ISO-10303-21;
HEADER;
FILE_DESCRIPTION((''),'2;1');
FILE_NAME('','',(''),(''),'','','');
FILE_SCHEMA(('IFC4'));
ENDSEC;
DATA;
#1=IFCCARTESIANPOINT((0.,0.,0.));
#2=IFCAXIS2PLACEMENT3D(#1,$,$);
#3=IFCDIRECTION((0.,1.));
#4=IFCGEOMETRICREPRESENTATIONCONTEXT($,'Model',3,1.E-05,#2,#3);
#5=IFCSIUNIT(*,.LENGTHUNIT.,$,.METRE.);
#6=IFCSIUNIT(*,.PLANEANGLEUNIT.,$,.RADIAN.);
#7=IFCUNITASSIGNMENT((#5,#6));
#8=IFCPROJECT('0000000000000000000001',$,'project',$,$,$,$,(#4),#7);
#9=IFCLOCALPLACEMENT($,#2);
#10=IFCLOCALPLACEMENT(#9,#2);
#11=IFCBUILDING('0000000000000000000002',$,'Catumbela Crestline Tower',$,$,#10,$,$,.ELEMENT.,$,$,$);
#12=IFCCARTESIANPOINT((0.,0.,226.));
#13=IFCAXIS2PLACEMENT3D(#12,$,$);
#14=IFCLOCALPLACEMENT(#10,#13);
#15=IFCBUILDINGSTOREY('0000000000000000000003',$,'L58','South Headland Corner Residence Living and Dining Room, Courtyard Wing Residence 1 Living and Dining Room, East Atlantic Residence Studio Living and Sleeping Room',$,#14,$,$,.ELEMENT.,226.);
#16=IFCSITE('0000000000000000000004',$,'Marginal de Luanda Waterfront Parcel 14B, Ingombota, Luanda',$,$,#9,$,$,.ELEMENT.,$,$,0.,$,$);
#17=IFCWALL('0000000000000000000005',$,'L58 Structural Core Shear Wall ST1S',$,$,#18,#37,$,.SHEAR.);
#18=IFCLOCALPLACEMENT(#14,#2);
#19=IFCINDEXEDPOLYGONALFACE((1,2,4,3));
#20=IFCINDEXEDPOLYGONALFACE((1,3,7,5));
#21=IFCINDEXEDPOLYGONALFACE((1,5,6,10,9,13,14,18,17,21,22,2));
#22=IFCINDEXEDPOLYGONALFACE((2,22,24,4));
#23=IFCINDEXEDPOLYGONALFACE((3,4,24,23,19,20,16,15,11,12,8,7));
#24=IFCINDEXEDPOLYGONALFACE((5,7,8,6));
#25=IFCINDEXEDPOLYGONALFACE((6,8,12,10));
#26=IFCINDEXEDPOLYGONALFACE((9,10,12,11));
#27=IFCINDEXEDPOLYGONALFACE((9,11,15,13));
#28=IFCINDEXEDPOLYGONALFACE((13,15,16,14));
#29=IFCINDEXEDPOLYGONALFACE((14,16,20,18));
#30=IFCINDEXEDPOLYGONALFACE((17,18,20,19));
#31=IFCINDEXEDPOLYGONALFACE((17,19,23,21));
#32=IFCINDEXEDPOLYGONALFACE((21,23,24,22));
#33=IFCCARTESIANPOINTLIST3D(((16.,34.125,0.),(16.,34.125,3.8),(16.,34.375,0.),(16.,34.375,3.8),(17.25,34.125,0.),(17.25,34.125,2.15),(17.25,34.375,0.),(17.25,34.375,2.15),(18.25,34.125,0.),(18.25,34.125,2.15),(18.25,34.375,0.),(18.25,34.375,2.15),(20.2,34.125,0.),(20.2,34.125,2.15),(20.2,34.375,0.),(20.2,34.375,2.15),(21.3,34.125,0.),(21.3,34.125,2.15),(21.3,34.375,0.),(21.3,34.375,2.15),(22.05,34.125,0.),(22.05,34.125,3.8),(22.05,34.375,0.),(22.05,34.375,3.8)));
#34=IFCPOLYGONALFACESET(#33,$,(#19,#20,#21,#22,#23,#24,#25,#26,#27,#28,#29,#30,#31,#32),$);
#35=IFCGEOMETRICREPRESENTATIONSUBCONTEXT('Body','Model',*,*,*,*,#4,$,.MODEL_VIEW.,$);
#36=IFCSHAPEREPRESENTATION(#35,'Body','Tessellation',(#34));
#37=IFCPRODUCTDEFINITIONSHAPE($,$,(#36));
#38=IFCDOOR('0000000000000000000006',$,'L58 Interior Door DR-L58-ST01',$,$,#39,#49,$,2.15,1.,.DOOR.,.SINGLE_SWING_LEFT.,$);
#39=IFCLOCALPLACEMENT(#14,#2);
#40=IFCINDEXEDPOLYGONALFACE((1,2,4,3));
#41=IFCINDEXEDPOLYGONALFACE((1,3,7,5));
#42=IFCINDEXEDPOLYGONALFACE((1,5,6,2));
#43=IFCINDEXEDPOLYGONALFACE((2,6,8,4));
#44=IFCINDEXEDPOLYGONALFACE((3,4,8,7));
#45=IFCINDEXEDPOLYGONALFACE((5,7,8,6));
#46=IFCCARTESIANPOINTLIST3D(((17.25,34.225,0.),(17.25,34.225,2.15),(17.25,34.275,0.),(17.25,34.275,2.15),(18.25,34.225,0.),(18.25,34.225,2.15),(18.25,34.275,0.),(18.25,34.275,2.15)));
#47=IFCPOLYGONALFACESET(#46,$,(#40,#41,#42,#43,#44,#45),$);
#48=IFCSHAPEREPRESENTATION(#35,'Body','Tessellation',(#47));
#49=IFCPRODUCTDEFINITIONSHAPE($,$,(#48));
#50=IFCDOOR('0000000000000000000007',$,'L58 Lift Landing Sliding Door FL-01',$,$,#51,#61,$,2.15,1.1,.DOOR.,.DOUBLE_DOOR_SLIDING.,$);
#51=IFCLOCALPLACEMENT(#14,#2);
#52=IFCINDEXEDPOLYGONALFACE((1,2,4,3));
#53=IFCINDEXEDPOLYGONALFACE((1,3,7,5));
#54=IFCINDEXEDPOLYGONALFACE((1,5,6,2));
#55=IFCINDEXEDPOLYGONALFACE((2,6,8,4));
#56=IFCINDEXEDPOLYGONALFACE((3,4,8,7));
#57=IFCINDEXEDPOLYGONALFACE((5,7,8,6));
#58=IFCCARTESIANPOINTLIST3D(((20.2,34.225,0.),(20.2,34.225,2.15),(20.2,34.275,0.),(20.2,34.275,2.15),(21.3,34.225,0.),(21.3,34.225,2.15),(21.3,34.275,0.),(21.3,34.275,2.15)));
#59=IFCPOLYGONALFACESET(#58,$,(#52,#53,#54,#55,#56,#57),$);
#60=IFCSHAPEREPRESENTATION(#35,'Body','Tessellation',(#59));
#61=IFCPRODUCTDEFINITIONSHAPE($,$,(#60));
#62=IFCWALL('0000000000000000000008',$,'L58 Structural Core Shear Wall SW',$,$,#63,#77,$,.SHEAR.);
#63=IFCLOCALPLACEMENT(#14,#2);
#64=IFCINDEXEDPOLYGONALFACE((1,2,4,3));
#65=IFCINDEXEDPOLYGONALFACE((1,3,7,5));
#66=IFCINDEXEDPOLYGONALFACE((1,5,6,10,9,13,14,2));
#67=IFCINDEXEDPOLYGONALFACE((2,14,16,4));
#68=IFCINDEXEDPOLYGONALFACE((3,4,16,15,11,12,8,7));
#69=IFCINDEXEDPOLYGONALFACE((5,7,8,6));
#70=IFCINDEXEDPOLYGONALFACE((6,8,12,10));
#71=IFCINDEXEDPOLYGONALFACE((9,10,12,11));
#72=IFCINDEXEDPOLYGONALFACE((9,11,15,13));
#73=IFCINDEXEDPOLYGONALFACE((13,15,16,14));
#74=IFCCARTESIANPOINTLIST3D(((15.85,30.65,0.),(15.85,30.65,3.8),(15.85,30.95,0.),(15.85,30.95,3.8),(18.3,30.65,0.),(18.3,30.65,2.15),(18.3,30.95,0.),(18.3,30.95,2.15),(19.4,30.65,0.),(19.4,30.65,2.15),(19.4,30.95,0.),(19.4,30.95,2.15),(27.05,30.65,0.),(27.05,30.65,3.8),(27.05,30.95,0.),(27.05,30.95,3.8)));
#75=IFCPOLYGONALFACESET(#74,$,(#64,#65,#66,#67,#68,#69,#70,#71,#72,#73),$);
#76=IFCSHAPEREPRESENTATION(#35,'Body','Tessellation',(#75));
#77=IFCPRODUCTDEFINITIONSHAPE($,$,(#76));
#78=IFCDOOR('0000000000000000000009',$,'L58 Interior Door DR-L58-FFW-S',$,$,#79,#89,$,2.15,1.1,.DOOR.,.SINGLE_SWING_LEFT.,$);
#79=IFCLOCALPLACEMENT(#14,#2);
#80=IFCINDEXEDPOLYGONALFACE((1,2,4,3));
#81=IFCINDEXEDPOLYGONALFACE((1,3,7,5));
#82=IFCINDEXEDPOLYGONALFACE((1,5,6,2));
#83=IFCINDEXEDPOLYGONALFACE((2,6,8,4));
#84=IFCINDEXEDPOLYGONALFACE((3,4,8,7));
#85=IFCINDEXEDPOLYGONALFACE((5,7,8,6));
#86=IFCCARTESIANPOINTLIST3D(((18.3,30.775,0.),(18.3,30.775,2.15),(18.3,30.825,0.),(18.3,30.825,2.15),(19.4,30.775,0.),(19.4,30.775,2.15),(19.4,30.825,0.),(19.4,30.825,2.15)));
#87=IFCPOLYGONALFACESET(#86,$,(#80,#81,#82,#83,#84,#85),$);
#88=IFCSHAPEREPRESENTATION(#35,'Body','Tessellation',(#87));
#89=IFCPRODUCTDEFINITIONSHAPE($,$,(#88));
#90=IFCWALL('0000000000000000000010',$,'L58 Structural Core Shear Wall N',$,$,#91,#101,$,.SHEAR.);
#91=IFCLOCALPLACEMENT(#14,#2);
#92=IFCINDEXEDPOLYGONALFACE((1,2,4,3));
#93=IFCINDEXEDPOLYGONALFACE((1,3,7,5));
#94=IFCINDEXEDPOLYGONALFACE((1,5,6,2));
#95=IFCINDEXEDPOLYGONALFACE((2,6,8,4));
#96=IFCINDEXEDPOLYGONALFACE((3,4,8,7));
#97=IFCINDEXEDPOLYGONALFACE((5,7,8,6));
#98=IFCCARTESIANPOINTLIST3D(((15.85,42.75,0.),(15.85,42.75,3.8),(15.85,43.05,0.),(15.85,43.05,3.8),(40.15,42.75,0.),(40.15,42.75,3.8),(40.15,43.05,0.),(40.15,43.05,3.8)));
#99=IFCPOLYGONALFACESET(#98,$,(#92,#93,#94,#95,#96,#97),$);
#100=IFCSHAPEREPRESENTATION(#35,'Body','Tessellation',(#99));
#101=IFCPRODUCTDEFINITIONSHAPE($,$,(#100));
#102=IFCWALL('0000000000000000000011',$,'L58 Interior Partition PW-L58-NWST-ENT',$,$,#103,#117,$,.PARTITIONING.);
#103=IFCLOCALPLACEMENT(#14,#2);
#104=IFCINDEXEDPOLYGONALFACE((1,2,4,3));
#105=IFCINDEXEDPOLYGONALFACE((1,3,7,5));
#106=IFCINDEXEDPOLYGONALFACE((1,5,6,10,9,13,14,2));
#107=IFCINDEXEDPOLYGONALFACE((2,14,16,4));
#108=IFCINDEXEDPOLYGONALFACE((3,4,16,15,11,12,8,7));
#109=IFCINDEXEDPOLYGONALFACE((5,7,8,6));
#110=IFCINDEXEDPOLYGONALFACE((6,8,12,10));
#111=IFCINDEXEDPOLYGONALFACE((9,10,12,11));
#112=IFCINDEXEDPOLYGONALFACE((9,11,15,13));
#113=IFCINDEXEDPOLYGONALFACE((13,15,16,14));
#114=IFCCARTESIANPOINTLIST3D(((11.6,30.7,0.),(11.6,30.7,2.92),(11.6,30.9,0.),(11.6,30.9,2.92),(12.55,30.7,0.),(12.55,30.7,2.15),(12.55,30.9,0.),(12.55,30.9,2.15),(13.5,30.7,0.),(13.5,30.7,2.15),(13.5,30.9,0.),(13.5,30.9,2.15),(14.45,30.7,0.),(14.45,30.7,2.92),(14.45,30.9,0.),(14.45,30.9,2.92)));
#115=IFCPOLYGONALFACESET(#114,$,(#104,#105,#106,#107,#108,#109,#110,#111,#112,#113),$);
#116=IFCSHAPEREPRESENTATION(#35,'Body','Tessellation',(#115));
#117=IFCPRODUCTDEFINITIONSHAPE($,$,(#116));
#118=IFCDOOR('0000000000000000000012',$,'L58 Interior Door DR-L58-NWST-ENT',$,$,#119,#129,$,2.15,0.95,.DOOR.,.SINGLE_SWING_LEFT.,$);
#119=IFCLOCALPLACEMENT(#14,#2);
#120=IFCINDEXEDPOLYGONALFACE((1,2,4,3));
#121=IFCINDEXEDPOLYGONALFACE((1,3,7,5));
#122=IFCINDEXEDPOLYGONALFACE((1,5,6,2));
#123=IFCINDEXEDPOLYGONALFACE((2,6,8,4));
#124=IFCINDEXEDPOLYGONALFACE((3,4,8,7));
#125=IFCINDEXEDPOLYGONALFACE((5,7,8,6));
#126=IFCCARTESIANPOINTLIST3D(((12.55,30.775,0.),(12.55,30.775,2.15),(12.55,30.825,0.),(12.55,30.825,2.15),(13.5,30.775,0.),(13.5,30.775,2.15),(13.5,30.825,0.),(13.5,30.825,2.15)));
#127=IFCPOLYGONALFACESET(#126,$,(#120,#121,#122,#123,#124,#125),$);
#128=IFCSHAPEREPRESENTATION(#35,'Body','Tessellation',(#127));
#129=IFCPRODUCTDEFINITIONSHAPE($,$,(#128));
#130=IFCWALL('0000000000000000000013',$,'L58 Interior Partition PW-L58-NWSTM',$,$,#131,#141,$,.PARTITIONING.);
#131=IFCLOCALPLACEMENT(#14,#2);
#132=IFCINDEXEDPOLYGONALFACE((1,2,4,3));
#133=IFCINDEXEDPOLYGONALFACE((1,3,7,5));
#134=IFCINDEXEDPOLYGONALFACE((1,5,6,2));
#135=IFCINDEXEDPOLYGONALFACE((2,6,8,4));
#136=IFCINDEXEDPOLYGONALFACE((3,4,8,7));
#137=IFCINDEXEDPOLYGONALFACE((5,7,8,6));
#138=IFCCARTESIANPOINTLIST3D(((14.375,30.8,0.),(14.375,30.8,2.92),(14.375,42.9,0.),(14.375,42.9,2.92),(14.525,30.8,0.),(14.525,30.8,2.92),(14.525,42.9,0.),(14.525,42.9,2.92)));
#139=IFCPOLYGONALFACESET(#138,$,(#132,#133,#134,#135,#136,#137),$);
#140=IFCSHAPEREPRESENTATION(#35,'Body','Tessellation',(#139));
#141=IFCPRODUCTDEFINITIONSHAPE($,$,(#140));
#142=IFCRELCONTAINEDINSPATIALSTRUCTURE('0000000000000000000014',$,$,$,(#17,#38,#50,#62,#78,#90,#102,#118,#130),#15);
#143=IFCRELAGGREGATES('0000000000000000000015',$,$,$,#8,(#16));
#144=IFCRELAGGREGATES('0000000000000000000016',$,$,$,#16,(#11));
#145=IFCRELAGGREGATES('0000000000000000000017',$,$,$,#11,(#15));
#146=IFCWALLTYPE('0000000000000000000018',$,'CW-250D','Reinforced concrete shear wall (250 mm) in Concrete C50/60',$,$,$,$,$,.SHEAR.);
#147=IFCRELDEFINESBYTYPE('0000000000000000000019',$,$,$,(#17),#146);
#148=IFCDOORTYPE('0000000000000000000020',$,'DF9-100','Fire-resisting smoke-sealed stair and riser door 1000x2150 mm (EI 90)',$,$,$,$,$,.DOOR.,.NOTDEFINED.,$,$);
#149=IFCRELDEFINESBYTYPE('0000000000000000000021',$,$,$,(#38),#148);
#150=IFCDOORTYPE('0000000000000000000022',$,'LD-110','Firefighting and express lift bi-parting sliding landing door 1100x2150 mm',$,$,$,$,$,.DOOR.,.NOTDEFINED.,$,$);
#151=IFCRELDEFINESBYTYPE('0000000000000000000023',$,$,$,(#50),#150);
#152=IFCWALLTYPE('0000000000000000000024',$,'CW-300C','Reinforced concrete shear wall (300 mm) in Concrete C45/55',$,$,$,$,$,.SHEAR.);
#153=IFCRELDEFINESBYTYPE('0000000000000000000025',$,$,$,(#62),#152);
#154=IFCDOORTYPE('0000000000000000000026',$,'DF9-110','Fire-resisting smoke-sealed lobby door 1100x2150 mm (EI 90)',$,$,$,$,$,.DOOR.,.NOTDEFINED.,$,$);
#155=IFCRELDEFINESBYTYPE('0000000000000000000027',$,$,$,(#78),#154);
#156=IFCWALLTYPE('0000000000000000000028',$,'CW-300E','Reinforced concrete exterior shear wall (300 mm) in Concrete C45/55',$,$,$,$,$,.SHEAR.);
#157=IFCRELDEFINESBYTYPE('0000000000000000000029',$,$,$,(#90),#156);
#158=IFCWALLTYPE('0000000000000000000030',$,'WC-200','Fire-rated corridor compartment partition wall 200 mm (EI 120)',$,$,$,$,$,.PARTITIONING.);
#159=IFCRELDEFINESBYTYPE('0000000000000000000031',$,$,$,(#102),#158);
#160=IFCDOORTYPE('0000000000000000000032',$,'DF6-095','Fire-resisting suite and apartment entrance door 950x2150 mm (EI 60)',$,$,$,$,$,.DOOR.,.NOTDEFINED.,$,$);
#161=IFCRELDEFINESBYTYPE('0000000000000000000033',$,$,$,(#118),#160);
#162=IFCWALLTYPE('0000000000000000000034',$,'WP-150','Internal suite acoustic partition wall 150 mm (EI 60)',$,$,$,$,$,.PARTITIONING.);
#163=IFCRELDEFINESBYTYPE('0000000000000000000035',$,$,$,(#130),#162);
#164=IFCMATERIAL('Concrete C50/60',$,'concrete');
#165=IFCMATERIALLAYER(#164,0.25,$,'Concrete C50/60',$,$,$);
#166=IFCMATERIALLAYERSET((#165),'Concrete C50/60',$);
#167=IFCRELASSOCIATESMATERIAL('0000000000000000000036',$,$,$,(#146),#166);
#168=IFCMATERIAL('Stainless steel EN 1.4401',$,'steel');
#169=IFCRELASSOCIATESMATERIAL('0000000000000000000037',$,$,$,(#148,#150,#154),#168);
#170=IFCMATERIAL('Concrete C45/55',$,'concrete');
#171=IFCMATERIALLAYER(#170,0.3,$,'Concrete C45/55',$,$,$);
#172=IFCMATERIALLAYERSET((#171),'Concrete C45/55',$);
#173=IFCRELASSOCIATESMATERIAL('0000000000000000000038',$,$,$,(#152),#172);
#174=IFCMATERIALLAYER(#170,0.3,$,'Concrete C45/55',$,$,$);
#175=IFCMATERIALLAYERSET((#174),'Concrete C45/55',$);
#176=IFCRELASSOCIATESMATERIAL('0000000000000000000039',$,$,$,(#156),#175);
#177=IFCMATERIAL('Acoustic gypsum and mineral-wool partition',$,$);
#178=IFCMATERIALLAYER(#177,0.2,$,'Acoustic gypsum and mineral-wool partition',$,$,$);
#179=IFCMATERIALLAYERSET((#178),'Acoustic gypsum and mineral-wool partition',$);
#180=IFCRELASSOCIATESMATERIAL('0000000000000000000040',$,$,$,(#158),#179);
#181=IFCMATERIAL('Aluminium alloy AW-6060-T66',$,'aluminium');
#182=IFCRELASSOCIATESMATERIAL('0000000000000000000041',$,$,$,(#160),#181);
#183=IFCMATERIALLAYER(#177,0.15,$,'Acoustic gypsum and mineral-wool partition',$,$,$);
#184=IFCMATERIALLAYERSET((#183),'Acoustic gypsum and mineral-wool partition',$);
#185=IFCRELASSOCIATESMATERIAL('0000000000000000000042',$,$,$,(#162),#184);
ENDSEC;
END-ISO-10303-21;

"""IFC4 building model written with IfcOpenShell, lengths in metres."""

from ifc_helpers import new_model, si_unit, direction, frame, frame_2d, origin, place, context, subcontext, project, spatial, rectangle, extrude, material, layer, layer_set, type_object, element, fill, save


model = new_model("IFC4")

# Units and contexts
model_context = context("Model", 3, precision=1e-05, world=origin(), true_north=direction((0.0, 1.0)))
body_context = subcontext(model_context, "Body", "Model", "MODEL_VIEW")
ifc_project = project(units=[si_unit("LENGTHUNIT", "METRE"), si_unit("PLANEANGLEUNIT", "RADIAN")], contexts=[model_context])

# Site, building, storey
site_placement = place(None, origin())
site = spatial("IfcSite", under=ifc_project, at=site_placement, Name="Marginal de Luanda Waterfront Parcel 14B, Ingombota, Luanda", CompositionType="ELEMENT", RefElevation=0.0)
building_placement = place(site_placement, origin())
building = spatial("IfcBuilding", under=site, at=building_placement, Name="Catumbela Crestline Tower", CompositionType="ELEMENT")
storey_placement = place(building_placement, frame((0.0, 0.0, 226.0)))
storey = spatial("IfcBuildingStorey", under=building, at=storey_placement, Name="L58", Description="South Headland Corner Residence Living and Dining Room, Courtyard Wing Residence 1 Living and Dining Room, East Atlantic Residence Studio Living and Sleeping Room", CompositionType="ELEMENT", Elevation=226.0)

# Shared definitions
ifc_material_1 = material(Name="Aluminium alloy AW-6060-T66", Category="aluminium")

# Wall, openings, doors
ifc_material_2 = material(Name="Concrete C50/60", Category="concrete")
ifc_layer_1 = layer(ifc_material_2, 0.25, Name="Concrete C50/60")
ifc_layer_set_1 = layer_set([ifc_layer_1], Name="Concrete C50/60")
wall_type_1 = type_object("IfcWallType", Name="CW-250D", Description="Reinforced concrete shear wall (250 mm) in Concrete C50/60", PredefinedType="SHEAR", material=ifc_layer_set_1)
wall_1_placement = place(storey_placement, frame((16.0, 34.25, 0.0), z_axis=(0.0, 0.0, 1.0), x_axis=(1.0, 0.0, 0.0)))
wall_1 = element("IfcWall", 1, at=wall_1_placement, inside=storey, type_object=wall_type_1, Name="L58 Structural Core Shear Wall ST1S", PredefinedType="SHEAR", context=body_context, shape_type="SweptSolid", body=[
    extrude(rectangle(XDim=6.05, YDim=0.25, at=frame_2d((3.025, 0.0))), origin(), (0.0, 0.0, 1.0), 3.8),
])
opening_1_placement = place(wall_1_placement, frame((1.25, 0.0, 0.0)))
opening_1 = element("IfcOpeningElement", 2, at=opening_1_placement, cuts=wall_1, PredefinedType="OPENING", context=body_context, shape_type="SweptSolid", body=[
    extrude(rectangle(XDim=1.0, YDim=2.15, at=frame_2d((0.5, 1.075))), frame((0.0, 0.135, 0.0), z_axis=(0.0, -1.0, 0.0), x_axis=(1.0, 0.0, 0.0)), (0.0, 0.0, 1.0), 0.27),
])
opening_2_placement = place(wall_1_placement, frame((4.2, 0.0, 0.0)))
opening_2 = element("IfcOpeningElement", 3, at=opening_2_placement, cuts=wall_1, PredefinedType="OPENING", context=body_context, shape_type="SweptSolid", body=[
    extrude(rectangle(XDim=1.1, YDim=2.15, at=frame_2d((0.55, 1.075))), frame((0.0, 0.135, 0.0), z_axis=(0.0, -1.0, 0.0), x_axis=(1.0, 0.0, 0.0)), (0.0, 0.0, 1.0), 0.27),
])
ifc_material_3 = material(Name="Stainless steel EN 1.4401", Category="steel")
door_type_1 = type_object("IfcDoorType", Name="DF9-100", Description="Fire-resisting smoke-sealed stair and riser door 1000x2150 mm (EI 90)", OperationType="NOTDEFINED", PredefinedType="DOOR", material=ifc_material_3)
door_1_placement = place(opening_1_placement, origin())
door_1 = element("IfcDoor", 4, at=door_1_placement, inside=storey, type_object=door_type_1, Name="L58 Interior Door DR-L58-ST01", OperationType="SINGLE_SWING_LEFT", OverallHeight=2.15, OverallWidth=1.0, PredefinedType="DOOR", context=body_context, shape_type="SweptSolid", body=[
    extrude(rectangle(XDim=1.0, YDim=2.15, at=frame_2d((0.5, 1.075))), frame((0.0, 0.025, 0.0), z_axis=(0.0, -1.0, 0.0), x_axis=(1.0, 0.0, 0.0)), (0.0, 0.0, 1.0), 0.05),
])
fill(opening_1, door_1)
door_type_2 = type_object("IfcDoorType", Name="LD-110", Description="Firefighting and express lift bi-parting sliding landing door 1100x2150 mm", OperationType="NOTDEFINED", PredefinedType="DOOR", material=ifc_material_3)
door_2_placement = place(opening_2_placement, origin())
door_2 = element("IfcDoor", 5, at=door_2_placement, inside=storey, type_object=door_type_2, Name="L58 Lift Landing Sliding Door FL-01", OperationType="DOUBLE_DOOR_SLIDING", OverallHeight=2.15, OverallWidth=1.1, PredefinedType="DOOR", context=body_context, shape_type="SweptSolid", body=[
    extrude(rectangle(XDim=1.1, YDim=2.15, at=frame_2d((0.55, 1.075))), frame((0.0, 0.025, 0.0), z_axis=(0.0, -1.0, 0.0), x_axis=(1.0, 0.0, 0.0)), (0.0, 0.0, 1.0), 0.05),
])
fill(opening_2, door_2)

# Wall, opening, door
ifc_material_4 = material(Name="Concrete C45/55", Category="concrete")
ifc_layer_2 = layer(ifc_material_4, 0.3, Name="Concrete C45/55")
ifc_layer_set_2 = layer_set([ifc_layer_2], Name="Concrete C45/55")
wall_type_2 = type_object("IfcWallType", Name="CW-300C", Description="Reinforced concrete shear wall (300 mm) in Concrete C45/55", PredefinedType="SHEAR", material=ifc_layer_set_2)
wall_2_placement = place(storey_placement, frame((15.85, 30.8, 0.0), z_axis=(0.0, 0.0, 1.0), x_axis=(1.0, 0.0, 0.0)))
wall_2 = element("IfcWall", 6, at=wall_2_placement, inside=storey, type_object=wall_type_2, Name="L58 Structural Core Shear Wall SW", PredefinedType="SHEAR", context=body_context, shape_type="SweptSolid", body=[
    extrude(rectangle(XDim=11.2, YDim=0.3, at=frame_2d((5.6, 0.0))), origin(), (0.0, 0.0, 1.0), 3.8),
])
opening_3_placement = place(wall_2_placement, frame((2.45, 0.0, 0.0)))
opening_3 = element("IfcOpeningElement", 7, at=opening_3_placement, cuts=wall_2, PredefinedType="OPENING", context=body_context, shape_type="SweptSolid", body=[
    extrude(rectangle(XDim=1.1, YDim=2.15, at=frame_2d((0.55, 1.075))), frame((0.0, 0.16, 0.0), z_axis=(0.0, -1.0, 0.0), x_axis=(1.0, 0.0, 0.0)), (0.0, 0.0, 1.0), 0.32),
])
door_type_3 = type_object("IfcDoorType", Name="DF9-110", Description="Fire-resisting smoke-sealed lobby door 1100x2150 mm (EI 90)", OperationType="NOTDEFINED", PredefinedType="DOOR", material=ifc_material_3)
door_3_placement = place(opening_3_placement, origin())
door_3 = element("IfcDoor", 8, at=door_3_placement, inside=storey, type_object=door_type_3, Name="L58 Interior Door DR-L58-FFW-S", OperationType="SINGLE_SWING_LEFT", OverallHeight=2.15, OverallWidth=1.1, PredefinedType="DOOR", context=body_context, shape_type="SweptSolid", body=[
    extrude(rectangle(XDim=1.1, YDim=2.15, at=frame_2d((0.55, 1.075))), frame((0.0, 0.025, 0.0), z_axis=(0.0, -1.0, 0.0), x_axis=(1.0, 0.0, 0.0)), (0.0, 0.0, 1.0), 0.05),
])
fill(opening_3, door_3)

# Wall
ifc_layer_3 = layer(ifc_material_4, 0.3, Name="Concrete C45/55")
ifc_layer_set_3 = layer_set([ifc_layer_3], Name="Concrete C45/55")
wall_type_3 = type_object("IfcWallType", Name="CW-300E", Description="Reinforced concrete exterior shear wall (300 mm) in Concrete C45/55", PredefinedType="SHEAR", material=ifc_layer_set_3)
wall_3_placement = place(storey_placement, frame((15.85, 42.9, 0.0), z_axis=(0.0, 0.0, 1.0), x_axis=(1.0, 0.0, 0.0)))
element("IfcWall", 9, at=wall_3_placement, inside=storey, type_object=wall_type_3, Name="L58 Structural Core Shear Wall N", PredefinedType="SHEAR", context=body_context, shape_type="SweptSolid", body=[
    extrude(rectangle(XDim=24.3, YDim=0.3, at=frame_2d((12.15, 0.0))), origin(), (0.0, 0.0, 1.0), 3.8),
])

# Wall, opening, door
ifc_material_5 = material(Name="Acoustic gypsum and mineral-wool partition")
ifc_layer_4 = layer(ifc_material_5, 0.2, Name="Acoustic gypsum and mineral-wool partition")
ifc_layer_set_4 = layer_set([ifc_layer_4], Name="Acoustic gypsum and mineral-wool partition")
wall_type_4 = type_object("IfcWallType", Name="WC-200", Description="Fire-rated corridor compartment partition wall 200 mm (EI 120)", PredefinedType="PARTITIONING", material=ifc_layer_set_4)
wall_4_placement = place(storey_placement, frame((11.6, 30.8, 0.0), z_axis=(0.0, 0.0, 1.0), x_axis=(1.0, 0.0, 0.0)))
wall_4 = element("IfcWall", 10, at=wall_4_placement, inside=storey, type_object=wall_type_4, Name="L58 Interior Partition PW-L58-NWST-ENT", PredefinedType="PARTITIONING", context=body_context, shape_type="SweptSolid", body=[
    extrude(rectangle(XDim=2.85, YDim=0.2, at=frame_2d((1.425, 0.0))), origin(), (0.0, 0.0, 1.0), 2.92),
])
opening_4_placement = place(wall_4_placement, frame((0.95, 0.0, 0.0)))
opening_4 = element("IfcOpeningElement", 11, at=opening_4_placement, cuts=wall_4, PredefinedType="OPENING", context=body_context, shape_type="SweptSolid", body=[
    extrude(rectangle(XDim=0.95, YDim=2.15, at=frame_2d((0.475, 1.075))), frame((0.0, 0.11, 0.0), z_axis=(0.0, -1.0, 0.0), x_axis=(1.0, 0.0, 0.0)), (0.0, 0.0, 1.0), 0.22),
])
door_type_4 = type_object("IfcDoorType", Name="DF6-095", Description="Fire-resisting suite and apartment entrance door 950x2150 mm (EI 60)", OperationType="NOTDEFINED", PredefinedType="DOOR", material=ifc_material_1)
door_4_placement = place(opening_4_placement, origin())
door_4 = element("IfcDoor", 12, at=door_4_placement, inside=storey, type_object=door_type_4, Name="L58 Interior Door DR-L58-NWST-ENT", OperationType="SINGLE_SWING_LEFT", OverallHeight=2.15, OverallWidth=0.95, PredefinedType="DOOR", context=body_context, shape_type="SweptSolid", body=[
    extrude(rectangle(XDim=0.95, YDim=2.15, at=frame_2d((0.475, 1.075))), frame((0.0, 0.025, 0.0), z_axis=(0.0, -1.0, 0.0), x_axis=(1.0, 0.0, 0.0)), (0.0, 0.0, 1.0), 0.05),
])
fill(opening_4, door_4)

# Wall
ifc_layer_5 = layer(ifc_material_5, 0.15, Name="Acoustic gypsum and mineral-wool partition")
ifc_layer_set_5 = layer_set([ifc_layer_5], Name="Acoustic gypsum and mineral-wool partition")
wall_type_5 = type_object("IfcWallType", Name="WP-150", Description="Internal suite acoustic partition wall 150 mm (EI 60)", PredefinedType="PARTITIONING", material=ifc_layer_set_5)
wall_5_placement = place(storey_placement, frame((14.45, 30.8, 0.0), z_axis=(0.0, 0.0, 1.0), x_axis=(0.0, 1.0, 0.0)))
element("IfcWall", 13, at=wall_5_placement, inside=storey, type_object=wall_type_5, Name="L58 Interior Partition PW-L58-NWSTM", PredefinedType="PARTITIONING", context=body_context, shape_type="SweptSolid", body=[
    extrude(rectangle(XDim=12.1, YDim=0.15, at=frame_2d((6.05, 0.0))), origin(), (0.0, 0.0, 1.0), 2.92),
])

save(model, "model.ifc")
